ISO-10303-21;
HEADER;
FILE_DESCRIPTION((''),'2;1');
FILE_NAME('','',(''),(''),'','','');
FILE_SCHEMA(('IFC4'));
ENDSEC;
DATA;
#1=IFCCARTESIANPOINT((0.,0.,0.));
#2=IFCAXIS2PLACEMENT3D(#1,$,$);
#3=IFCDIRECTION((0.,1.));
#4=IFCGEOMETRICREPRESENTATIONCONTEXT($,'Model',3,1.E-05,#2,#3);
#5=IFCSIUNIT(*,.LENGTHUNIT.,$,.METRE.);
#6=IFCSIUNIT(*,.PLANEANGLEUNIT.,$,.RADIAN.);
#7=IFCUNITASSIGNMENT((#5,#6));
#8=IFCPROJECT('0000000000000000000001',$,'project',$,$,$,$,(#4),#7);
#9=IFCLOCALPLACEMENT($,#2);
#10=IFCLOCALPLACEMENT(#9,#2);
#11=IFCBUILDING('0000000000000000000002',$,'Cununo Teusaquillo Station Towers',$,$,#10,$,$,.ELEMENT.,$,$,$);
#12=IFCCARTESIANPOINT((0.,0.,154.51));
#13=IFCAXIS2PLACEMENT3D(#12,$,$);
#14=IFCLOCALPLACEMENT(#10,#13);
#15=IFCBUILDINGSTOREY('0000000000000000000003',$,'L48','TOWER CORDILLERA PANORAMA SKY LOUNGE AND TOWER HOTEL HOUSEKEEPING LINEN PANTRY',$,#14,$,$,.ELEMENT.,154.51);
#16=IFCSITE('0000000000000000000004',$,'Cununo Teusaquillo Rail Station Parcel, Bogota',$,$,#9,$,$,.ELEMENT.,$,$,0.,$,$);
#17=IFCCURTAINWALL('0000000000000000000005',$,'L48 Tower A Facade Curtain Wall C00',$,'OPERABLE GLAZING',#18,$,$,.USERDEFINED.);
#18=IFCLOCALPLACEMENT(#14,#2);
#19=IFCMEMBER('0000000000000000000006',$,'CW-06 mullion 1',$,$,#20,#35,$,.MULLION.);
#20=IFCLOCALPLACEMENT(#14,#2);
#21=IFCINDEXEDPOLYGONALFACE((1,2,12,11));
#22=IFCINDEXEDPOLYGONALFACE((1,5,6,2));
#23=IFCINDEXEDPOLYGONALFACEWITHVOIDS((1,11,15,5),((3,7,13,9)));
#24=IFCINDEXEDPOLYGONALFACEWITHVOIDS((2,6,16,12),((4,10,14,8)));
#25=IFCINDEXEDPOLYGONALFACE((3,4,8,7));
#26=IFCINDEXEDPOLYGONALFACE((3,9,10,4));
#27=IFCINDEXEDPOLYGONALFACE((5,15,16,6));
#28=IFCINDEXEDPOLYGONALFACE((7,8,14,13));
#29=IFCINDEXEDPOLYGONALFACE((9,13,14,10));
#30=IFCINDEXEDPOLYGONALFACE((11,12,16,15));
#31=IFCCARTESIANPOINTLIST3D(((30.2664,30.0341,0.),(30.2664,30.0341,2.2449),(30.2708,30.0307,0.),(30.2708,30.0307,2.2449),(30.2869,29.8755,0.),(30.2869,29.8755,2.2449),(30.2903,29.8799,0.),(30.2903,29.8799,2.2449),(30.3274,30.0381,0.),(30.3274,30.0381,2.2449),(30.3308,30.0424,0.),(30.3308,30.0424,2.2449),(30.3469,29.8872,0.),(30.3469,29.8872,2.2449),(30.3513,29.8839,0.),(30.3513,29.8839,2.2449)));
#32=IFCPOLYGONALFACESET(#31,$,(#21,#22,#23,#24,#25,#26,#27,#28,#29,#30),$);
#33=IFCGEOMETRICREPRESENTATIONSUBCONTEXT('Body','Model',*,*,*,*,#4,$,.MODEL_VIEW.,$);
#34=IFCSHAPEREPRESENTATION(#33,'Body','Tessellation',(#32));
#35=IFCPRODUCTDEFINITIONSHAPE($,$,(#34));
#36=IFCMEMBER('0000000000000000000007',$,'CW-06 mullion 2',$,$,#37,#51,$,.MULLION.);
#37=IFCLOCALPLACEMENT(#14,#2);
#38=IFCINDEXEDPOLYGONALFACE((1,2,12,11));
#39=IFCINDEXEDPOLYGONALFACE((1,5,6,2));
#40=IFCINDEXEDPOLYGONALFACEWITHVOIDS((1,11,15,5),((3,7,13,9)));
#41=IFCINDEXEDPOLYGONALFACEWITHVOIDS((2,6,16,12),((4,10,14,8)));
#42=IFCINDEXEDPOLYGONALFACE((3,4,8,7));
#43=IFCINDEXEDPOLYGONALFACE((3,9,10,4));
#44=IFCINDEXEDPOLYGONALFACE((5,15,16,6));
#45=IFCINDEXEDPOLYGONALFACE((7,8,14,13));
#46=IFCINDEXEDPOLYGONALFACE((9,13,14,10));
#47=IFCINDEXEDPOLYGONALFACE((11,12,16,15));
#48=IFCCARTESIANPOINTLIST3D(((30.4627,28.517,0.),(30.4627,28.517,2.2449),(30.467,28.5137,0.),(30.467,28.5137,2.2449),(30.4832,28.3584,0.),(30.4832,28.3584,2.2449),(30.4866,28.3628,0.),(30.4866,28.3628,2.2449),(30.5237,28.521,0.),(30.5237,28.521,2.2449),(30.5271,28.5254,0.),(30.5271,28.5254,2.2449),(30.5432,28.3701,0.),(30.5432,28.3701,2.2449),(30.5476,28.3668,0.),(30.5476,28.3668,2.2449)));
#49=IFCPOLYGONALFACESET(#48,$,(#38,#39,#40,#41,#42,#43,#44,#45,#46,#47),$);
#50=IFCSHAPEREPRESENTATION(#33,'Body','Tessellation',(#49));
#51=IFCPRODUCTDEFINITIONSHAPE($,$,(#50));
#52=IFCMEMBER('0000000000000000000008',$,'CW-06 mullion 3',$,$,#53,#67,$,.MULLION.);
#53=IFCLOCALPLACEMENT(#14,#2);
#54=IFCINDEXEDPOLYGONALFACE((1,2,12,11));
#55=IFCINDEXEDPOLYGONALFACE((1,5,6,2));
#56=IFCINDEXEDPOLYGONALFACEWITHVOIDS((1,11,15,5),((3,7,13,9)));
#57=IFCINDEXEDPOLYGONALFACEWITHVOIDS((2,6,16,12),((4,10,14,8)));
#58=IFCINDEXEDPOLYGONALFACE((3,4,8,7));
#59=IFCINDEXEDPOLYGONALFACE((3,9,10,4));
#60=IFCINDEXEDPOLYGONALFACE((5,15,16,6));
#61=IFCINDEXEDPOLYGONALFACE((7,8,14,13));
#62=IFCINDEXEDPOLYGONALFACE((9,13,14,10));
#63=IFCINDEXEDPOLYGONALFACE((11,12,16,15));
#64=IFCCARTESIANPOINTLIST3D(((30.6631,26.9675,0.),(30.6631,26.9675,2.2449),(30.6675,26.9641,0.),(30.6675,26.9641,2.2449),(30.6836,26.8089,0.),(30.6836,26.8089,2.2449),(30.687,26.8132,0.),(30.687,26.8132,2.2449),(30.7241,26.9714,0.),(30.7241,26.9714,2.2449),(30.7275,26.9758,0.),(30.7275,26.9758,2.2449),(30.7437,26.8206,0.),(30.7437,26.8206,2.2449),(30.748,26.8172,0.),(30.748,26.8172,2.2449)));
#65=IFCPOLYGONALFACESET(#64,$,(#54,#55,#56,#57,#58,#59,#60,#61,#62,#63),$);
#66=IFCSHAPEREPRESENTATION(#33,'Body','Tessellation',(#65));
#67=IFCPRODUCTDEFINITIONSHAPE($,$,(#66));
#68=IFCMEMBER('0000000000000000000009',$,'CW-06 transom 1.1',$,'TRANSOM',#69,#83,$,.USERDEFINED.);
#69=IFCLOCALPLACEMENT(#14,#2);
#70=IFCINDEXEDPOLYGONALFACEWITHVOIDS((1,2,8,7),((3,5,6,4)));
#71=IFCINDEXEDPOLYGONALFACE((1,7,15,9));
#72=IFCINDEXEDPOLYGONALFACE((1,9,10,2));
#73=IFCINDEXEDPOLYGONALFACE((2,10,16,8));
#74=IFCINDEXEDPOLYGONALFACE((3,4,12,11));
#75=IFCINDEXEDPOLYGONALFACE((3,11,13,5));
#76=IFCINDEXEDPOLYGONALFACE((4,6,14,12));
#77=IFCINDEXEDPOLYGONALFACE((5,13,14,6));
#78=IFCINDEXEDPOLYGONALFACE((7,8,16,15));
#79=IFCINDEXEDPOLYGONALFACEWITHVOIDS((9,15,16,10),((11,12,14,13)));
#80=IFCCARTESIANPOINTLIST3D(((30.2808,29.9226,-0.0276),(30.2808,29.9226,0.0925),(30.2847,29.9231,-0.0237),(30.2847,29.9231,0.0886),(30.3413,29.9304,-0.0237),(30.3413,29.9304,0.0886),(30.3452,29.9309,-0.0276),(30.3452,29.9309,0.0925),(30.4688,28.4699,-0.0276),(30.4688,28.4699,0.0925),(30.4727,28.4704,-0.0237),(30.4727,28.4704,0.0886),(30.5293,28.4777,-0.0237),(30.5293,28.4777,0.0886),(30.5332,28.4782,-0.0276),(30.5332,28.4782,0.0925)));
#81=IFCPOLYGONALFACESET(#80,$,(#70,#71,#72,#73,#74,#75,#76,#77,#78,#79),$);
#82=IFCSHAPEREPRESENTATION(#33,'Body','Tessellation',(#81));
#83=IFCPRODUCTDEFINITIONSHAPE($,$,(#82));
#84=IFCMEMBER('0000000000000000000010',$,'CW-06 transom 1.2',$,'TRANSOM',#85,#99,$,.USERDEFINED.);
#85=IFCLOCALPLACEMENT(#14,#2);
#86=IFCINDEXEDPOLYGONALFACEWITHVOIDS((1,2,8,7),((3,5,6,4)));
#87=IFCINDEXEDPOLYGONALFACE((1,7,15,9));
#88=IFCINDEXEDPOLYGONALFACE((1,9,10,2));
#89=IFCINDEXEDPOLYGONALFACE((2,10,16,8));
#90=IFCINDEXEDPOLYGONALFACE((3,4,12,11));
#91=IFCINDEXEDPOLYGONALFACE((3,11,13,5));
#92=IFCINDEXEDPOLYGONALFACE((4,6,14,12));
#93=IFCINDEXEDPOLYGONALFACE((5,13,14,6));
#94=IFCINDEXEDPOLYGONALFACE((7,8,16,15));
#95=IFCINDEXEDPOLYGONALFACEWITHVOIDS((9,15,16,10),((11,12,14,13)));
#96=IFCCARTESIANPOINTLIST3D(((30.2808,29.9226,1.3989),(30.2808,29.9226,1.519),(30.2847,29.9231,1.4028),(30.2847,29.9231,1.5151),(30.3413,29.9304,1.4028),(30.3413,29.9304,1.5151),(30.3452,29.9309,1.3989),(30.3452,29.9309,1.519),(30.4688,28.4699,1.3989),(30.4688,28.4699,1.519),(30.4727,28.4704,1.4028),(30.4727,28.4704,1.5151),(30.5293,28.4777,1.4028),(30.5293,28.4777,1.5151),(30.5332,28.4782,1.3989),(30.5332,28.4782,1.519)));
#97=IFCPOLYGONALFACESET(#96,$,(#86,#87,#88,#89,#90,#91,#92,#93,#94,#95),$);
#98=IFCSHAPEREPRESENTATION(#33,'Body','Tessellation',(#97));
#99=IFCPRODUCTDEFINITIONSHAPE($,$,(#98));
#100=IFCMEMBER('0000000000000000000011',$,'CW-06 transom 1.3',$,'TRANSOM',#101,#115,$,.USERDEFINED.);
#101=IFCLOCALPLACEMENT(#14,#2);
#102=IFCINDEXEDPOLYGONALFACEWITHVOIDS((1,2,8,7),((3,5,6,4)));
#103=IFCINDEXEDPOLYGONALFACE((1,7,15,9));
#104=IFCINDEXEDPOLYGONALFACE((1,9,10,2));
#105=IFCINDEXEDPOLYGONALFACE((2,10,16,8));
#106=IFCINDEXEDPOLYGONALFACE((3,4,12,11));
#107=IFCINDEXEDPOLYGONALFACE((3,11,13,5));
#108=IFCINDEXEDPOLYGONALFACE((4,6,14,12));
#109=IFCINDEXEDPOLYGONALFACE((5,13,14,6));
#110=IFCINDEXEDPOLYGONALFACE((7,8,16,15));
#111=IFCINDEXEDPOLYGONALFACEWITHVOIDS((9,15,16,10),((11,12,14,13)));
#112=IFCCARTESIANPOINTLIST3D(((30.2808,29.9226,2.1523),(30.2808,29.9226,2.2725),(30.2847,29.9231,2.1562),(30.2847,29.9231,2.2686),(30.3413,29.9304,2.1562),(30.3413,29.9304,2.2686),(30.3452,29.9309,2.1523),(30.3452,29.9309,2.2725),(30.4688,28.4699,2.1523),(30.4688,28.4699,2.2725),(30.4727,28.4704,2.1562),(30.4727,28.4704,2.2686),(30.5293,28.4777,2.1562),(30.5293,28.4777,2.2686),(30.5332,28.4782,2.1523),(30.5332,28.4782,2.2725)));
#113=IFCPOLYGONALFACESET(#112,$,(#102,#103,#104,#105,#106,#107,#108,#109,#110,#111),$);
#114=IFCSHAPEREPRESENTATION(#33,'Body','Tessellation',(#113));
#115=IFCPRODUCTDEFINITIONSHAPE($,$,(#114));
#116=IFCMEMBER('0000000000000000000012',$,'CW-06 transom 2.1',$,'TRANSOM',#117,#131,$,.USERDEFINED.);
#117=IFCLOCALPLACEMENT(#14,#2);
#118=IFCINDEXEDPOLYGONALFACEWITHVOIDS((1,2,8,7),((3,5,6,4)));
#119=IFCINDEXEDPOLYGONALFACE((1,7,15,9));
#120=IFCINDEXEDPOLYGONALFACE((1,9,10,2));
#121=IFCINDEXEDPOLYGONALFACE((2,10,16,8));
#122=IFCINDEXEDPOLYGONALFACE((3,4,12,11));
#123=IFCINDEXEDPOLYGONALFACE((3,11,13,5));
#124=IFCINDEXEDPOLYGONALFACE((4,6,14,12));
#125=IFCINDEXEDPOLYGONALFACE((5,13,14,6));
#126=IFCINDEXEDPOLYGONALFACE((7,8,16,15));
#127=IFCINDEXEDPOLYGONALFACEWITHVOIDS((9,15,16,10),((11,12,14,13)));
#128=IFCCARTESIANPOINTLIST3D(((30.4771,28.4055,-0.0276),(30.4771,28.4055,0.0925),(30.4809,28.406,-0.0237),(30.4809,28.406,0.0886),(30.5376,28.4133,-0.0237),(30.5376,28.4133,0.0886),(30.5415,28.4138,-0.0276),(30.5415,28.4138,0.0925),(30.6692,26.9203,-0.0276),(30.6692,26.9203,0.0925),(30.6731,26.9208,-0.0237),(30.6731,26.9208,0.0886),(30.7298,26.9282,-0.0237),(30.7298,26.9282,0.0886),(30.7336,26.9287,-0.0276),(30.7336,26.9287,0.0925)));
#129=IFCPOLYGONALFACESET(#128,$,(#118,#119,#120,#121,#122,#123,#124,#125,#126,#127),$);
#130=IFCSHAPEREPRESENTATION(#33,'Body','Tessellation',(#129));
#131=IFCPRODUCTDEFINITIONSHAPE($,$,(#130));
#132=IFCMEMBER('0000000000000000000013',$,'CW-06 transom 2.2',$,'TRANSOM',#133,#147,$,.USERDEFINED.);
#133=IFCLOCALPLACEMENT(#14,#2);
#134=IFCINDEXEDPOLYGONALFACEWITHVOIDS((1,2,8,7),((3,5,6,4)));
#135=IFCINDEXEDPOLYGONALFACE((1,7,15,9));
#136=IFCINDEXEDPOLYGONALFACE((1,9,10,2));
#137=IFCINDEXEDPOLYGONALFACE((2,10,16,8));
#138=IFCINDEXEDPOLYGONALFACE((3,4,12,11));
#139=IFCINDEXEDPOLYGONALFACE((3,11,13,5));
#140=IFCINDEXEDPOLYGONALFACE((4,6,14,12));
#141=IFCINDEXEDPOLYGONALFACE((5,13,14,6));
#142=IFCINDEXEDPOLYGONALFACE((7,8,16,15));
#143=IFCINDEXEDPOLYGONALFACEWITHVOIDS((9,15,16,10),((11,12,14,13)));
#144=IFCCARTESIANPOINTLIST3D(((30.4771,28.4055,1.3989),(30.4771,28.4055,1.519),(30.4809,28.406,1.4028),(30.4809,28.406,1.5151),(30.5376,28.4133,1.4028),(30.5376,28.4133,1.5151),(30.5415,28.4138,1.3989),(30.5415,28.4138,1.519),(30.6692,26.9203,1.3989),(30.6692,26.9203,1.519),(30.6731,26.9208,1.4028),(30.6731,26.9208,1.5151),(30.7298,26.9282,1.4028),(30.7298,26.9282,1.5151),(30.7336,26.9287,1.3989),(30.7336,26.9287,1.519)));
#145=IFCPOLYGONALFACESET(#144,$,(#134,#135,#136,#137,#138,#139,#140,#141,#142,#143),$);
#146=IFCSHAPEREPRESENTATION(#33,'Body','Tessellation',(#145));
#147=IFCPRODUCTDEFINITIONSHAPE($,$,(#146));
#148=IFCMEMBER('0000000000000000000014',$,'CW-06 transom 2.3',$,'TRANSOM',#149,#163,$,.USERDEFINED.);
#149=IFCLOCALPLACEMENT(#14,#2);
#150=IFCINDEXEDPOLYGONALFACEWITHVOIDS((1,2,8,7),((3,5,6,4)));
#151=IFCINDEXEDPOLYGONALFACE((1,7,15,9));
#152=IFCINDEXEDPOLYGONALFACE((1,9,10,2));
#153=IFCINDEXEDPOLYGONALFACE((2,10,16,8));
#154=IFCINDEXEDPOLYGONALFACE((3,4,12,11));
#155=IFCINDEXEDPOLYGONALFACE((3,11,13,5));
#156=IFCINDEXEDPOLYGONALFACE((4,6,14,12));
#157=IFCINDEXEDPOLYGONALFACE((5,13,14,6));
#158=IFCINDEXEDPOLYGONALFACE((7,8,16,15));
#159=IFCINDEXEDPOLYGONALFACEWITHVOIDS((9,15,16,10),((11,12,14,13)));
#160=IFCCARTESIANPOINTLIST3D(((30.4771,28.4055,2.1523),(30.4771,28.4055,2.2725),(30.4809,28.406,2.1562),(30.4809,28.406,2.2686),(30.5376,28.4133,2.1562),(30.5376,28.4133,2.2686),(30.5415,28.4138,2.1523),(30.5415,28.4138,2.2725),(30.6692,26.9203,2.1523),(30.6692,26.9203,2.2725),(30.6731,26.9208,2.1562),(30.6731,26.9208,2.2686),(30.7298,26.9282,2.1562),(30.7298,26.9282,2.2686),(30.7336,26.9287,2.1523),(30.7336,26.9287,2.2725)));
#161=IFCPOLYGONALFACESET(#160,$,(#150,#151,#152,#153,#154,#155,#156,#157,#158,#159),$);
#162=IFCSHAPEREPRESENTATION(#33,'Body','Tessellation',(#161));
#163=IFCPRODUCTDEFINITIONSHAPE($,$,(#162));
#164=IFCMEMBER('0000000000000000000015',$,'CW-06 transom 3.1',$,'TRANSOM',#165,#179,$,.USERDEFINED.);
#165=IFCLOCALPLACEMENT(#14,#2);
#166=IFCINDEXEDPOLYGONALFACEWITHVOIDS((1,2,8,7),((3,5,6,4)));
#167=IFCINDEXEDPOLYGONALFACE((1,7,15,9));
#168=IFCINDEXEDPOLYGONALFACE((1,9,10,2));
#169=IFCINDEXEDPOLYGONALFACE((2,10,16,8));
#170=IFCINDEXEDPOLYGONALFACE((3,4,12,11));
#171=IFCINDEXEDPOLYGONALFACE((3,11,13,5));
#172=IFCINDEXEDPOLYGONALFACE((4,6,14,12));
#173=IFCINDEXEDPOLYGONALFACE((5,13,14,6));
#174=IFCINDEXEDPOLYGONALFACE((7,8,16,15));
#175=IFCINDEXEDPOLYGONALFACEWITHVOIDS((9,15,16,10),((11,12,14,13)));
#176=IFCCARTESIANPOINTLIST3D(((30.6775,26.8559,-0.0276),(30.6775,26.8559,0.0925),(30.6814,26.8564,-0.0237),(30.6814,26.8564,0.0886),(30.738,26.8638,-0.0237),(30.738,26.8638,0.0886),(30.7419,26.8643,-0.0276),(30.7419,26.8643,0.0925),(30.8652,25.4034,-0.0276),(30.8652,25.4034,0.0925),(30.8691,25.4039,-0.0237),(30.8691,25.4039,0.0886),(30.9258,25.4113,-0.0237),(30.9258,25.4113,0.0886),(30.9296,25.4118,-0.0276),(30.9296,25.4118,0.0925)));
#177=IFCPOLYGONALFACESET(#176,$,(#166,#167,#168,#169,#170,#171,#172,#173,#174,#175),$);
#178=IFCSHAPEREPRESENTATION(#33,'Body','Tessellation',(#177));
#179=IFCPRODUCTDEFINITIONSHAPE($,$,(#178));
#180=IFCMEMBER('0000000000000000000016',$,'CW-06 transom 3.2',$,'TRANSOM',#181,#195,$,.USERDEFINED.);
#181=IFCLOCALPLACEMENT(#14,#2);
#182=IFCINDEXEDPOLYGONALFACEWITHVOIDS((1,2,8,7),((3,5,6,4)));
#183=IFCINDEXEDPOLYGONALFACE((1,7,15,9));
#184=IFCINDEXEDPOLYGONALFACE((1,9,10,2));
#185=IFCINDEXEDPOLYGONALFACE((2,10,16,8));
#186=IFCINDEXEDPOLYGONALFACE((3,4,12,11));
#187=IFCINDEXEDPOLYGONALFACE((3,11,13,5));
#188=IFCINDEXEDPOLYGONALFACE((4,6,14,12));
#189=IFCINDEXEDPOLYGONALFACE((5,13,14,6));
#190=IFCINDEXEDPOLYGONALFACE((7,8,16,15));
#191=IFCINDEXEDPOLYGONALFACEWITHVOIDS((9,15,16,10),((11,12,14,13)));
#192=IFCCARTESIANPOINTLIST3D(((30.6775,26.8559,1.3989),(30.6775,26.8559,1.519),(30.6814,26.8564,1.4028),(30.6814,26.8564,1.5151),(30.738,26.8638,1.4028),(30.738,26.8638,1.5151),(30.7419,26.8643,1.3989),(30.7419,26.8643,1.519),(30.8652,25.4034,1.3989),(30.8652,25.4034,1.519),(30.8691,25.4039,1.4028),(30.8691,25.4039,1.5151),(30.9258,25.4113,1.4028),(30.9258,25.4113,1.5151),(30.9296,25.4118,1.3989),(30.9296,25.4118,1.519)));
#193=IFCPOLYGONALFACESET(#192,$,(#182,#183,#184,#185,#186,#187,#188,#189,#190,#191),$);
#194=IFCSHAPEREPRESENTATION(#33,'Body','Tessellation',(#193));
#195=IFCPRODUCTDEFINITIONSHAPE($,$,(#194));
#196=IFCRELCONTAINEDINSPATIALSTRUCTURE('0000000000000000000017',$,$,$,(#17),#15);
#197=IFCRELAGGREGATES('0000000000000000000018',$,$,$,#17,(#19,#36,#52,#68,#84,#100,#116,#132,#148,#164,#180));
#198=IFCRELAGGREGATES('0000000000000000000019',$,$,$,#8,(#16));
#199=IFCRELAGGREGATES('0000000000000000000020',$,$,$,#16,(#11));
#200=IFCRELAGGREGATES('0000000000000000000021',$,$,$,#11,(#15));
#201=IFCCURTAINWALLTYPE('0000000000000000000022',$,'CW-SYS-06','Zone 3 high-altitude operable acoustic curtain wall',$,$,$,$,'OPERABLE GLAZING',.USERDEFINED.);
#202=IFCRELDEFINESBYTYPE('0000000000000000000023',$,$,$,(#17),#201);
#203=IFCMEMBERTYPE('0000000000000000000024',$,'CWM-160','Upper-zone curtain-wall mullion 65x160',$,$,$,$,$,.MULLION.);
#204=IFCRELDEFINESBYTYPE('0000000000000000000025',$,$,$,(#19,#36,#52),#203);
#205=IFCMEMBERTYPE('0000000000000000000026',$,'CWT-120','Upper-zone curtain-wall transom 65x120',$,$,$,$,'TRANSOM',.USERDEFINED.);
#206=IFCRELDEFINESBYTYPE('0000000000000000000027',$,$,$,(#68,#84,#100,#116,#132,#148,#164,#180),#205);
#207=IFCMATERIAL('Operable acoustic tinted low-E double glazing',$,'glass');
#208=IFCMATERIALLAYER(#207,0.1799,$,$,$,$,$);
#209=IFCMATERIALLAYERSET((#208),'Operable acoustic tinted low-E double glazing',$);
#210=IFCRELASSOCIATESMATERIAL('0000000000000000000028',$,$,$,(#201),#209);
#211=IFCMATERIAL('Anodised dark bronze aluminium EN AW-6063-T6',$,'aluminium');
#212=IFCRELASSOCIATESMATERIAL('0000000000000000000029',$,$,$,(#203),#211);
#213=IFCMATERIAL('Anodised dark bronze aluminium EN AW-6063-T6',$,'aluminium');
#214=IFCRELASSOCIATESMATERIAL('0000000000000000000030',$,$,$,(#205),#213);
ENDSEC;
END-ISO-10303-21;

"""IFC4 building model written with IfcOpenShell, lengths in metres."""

from ifc_helpers import new_model, si_unit, direction, frame, origin, origin_2d, place, context, subcontext, project, spatial, hollow_rectangle, extrude, material, layer, layer_set, material_profile, profile_set, type_object, element, aggregate, save


model = new_model("IFC4")

# Units and contexts
model_context = context("Model", 3, precision=1e-05, world=origin(), true_north=direction((0.0, 1.0)))
body_context = subcontext(model_context, "Body", "Model", "MODEL_VIEW")
ifc_project = project(units=[si_unit("LENGTHUNIT", "METRE"), si_unit("PLANEANGLEUNIT", "RADIAN")], contexts=[model_context])

# Site, building, storey
site_placement = place(None, origin())
site = spatial("IfcSite", under=ifc_project, at=site_placement, Name="Cununo Teusaquillo Rail Station Parcel, Bogota", CompositionType="ELEMENT", RefElevation=0.0)
building_placement = place(site_placement, origin())
building = spatial("IfcBuilding", under=site, at=building_placement, Name="Cununo Teusaquillo Station Towers", CompositionType="ELEMENT")
storey_placement = place(building_placement, frame((0.0, 0.0, 154.51)))
storey = spatial("IfcBuildingStorey", under=building, at=storey_placement, Name="L48", Description="TOWER CORDILLERA PANORAMA SKY LOUNGE AND TOWER HOTEL HOUSEKEEPING LINEN PANTRY", CompositionType="ELEMENT", Elevation=154.51)

# Curtain wall, members
ifc_material_1 = material(Name="Operable acoustic tinted low-E double glazing", Category="glass")
ifc_layer_1 = layer(ifc_material_1, 0.1799)
ifc_layer_set_1 = layer_set([ifc_layer_1], Name="Operable acoustic tinted low-E double glazing")
curtain_wall_type = type_object("IfcCurtainWallType", Name="CW-SYS-06", Description="Zone 3 high-altitude operable acoustic curtain wall", ElementType="OPERABLE GLAZING", PredefinedType="USERDEFINED", material=ifc_layer_set_1)
curtain_wall_placement = place(storey_placement, origin())
curtain_wall = element("IfcCurtainWall", 1, at=curtain_wall_placement, inside=storey, type_object=curtain_wall_type, Name="L48 Tower A Facade Curtain Wall C00", ObjectType="OPERABLE GLAZING", PredefinedType="USERDEFINED")
ifc_material_2 = material(Name="Anodised dark bronze aluminium EN AW-6063-T6", Category="aluminium")
ifc_material_profile_1 = material_profile(ifc_material_2, hollow_rectangle(XDim=0.0649, YDim=0.1599, WallThickness=0.0039, at=origin_2d()), Name="CW-MULL-65x160")
ifc_profile_set_1 = profile_set([ifc_material_profile_1], Name="Anodised dark bronze aluminium EN AW-6063-T6")
member_type_1 = type_object("IfcMemberType", Name="CWM-160", Description="Upper-zone curtain-wall mullion 65x160", PredefinedType="MULLION", material=ifc_profile_set_1)
member_1_placement = place(storey_placement, frame((30.3088, 29.959, 0.0), z_axis=(0.0, 0.0, 1.0), x_axis=(0.991736, 0.128293, 0.0)))
member_1 = element("IfcMember", 2, at=member_1_placement, type_object=member_type_1, Name="CW-06 mullion 1", PredefinedType="MULLION", context=body_context, shape_type="SweptSolid", body=[
    extrude(hollow_rectangle(XDim=0.0649, YDim=0.1599, WallThickness=0.0039, at=origin_2d()), origin(), (0.0, 0.0, 1.0), 2.2449),
])
member_2_placement = place(storey_placement, frame((30.5051, 28.4419, 0.0), z_axis=(0.0, 0.0, 1.0), x_axis=(0.991736, 0.128293, 0.0)))
member_2 = element("IfcMember", 3, at=member_2_placement, type_object=member_type_1, Name="CW-06 mullion 2", PredefinedType="MULLION", context=body_context, shape_type="SweptSolid", body=[
    extrude(hollow_rectangle(XDim=0.0649, YDim=0.1599, WallThickness=0.0039, at=origin_2d()), origin(), (0.0, 0.0, 1.0), 2.2449),
])
member_3_placement = place(storey_placement, frame((30.7056, 26.8923, 0.0), z_axis=(0.0, 0.0, 1.0), x_axis=(0.991736, 0.128293, 0.0)))
member_3 = element("IfcMember", 4, at=member_3_placement, type_object=member_type_1, Name="CW-06 mullion 3", PredefinedType="MULLION", context=body_context, shape_type="SweptSolid", body=[
    extrude(hollow_rectangle(XDim=0.0649, YDim=0.1599, WallThickness=0.0039, at=origin_2d()), origin(), (0.0, 0.0, 1.0), 2.2449),
])
ifc_material_3 = material(Name="Anodised dark bronze aluminium EN AW-6063-T6", Category="aluminium")
ifc_material_profile_2 = material_profile(ifc_material_3, hollow_rectangle(XDim=0.0649, YDim=0.1201, WallThickness=0.0039, at=origin_2d()), Name="CW-TRAN-65x120")
ifc_profile_set_2 = profile_set([ifc_material_profile_2], Name="Anodised dark bronze aluminium EN AW-6063-T6")
member_type_2 = type_object("IfcMemberType", Name="CWT-120", Description="Upper-zone curtain-wall transom 65x120", ElementType="TRANSOM", PredefinedType="USERDEFINED", material=ifc_profile_set_2)
member_4_placement = place(storey_placement, frame((30.313, 29.9268, 0.0325), z_axis=(0.128342, -0.99173, 0.0), x_axis=(0.99173, 0.128342, 0.0)))
member_4 = element("IfcMember", 5, at=member_4_placement, type_object=member_type_2, Name="CW-06 transom 1.1", ObjectType="TRANSOM", PredefinedType="USERDEFINED", context=body_context, shape_type="SweptSolid", body=[
    extrude(hollow_rectangle(XDim=0.0649, YDim=0.1201, WallThickness=0.0039, at=origin_2d()), origin(), (0.0, 0.0, 1.0), 1.4648),
])
member_5_placement = place(storey_placement, frame((30.313, 29.9268, 1.459), z_axis=(0.128342, -0.99173, 0.0), x_axis=(0.99173, 0.128342, 0.0)))
member_5 = element("IfcMember", 6, at=member_5_placement, type_object=member_type_2, Name="CW-06 transom 1.2", ObjectType="TRANSOM", PredefinedType="USERDEFINED", context=body_context, shape_type="SweptSolid", body=[
    extrude(hollow_rectangle(XDim=0.0649, YDim=0.1201, WallThickness=0.0039, at=origin_2d()), origin(), (0.0, 0.0, 1.0), 1.4648),
])
member_6_placement = place(storey_placement, frame((30.313, 29.9268, 2.2124), z_axis=(0.128342, -0.99173, 0.0), x_axis=(0.99173, 0.128342, 0.0)))
member_6 = element("IfcMember", 7, at=member_6_placement, type_object=member_type_2, Name="CW-06 transom 1.3", ObjectType="TRANSOM", PredefinedType="USERDEFINED", context=body_context, shape_type="SweptSolid", body=[
    extrude(hollow_rectangle(XDim=0.0649, YDim=0.1201, WallThickness=0.0039, at=origin_2d()), origin(), (0.0, 0.0, 1.0), 1.4648),
])
member_7_placement = place(storey_placement, frame((30.5093, 28.4097, 0.0325), z_axis=(0.128308, -0.991734, 0.0), x_axis=(0.991734, 0.128308, 0.0)))
member_7 = element("IfcMember", 8, at=member_7_placement, type_object=member_type_2, Name="CW-06 transom 2.1", ObjectType="TRANSOM", PredefinedType="USERDEFINED", context=body_context, shape_type="SweptSolid", body=[
    extrude(hollow_rectangle(XDim=0.0649, YDim=0.1201, WallThickness=0.0039, at=origin_2d()), origin(), (0.0, 0.0, 1.0), 1.4976),
])
member_8_placement = place(storey_placement, frame((30.5093, 28.4097, 1.459), z_axis=(0.128308, -0.991734, 0.0), x_axis=(0.991734, 0.128308, 0.0)))
member_8 = element("IfcMember", 9, at=member_8_placement, type_object=member_type_2, Name="CW-06 transom 2.2", ObjectType="TRANSOM", PredefinedType="USERDEFINED", context=body_context, shape_type="SweptSolid", body=[
    extrude(hollow_rectangle(XDim=0.0649, YDim=0.1201, WallThickness=0.0039, at=origin_2d()), origin(), (0.0, 0.0, 1.0), 1.4976),
])
member_9_placement = place(storey_placement, frame((30.5093, 28.4097, 2.2124), z_axis=(0.128308, -0.991734, 0.0), x_axis=(0.991734, 0.128308, 0.0)))
member_9 = element("IfcMember", 10, at=member_9_placement, type_object=member_type_2, Name="CW-06 transom 2.3", ObjectType="TRANSOM", PredefinedType="USERDEFINED", context=body_context, shape_type="SweptSolid", body=[
    extrude(hollow_rectangle(XDim=0.0649, YDim=0.1201, WallThickness=0.0039, at=origin_2d()), origin(), (0.0, 0.0, 1.0), 1.4976),
])
member_10_placement = place(storey_placement, frame((30.7097, 26.8601, 0.0325), z_axis=(0.128178, -0.991751, 0.0), x_axis=(0.991751, 0.128178, 0.0)))
member_10 = element("IfcMember", 11, at=member_10_placement, type_object=member_type_2, Name="CW-06 transom 3.1", ObjectType="TRANSOM", PredefinedType="USERDEFINED", context=body_context, shape_type="SweptSolid", body=[
    extrude(hollow_rectangle(XDim=0.0649, YDim=0.1201, WallThickness=0.0039, at=origin_2d()), origin(), (0.0, 0.0, 1.0), 1.4646),
])
member_11_placement = place(storey_placement, frame((30.7097, 26.8601, 1.459), z_axis=(0.128178, -0.991751, 0.0), x_axis=(0.991751, 0.128178, 0.0)))
member_11 = element("IfcMember", 12, at=member_11_placement, type_object=member_type_2, Name="CW-06 transom 3.2", ObjectType="TRANSOM", PredefinedType="USERDEFINED", context=body_context, shape_type="SweptSolid", body=[
    extrude(hollow_rectangle(XDim=0.0649, YDim=0.1201, WallThickness=0.0039, at=origin_2d()), origin(), (0.0, 0.0, 1.0), 1.4646),
])
aggregate(curtain_wall, [member_1, member_2, member_3, member_4, member_5, member_6, member_7, member_8, member_9, member_10, member_11])

save(model, "model.ifc")
